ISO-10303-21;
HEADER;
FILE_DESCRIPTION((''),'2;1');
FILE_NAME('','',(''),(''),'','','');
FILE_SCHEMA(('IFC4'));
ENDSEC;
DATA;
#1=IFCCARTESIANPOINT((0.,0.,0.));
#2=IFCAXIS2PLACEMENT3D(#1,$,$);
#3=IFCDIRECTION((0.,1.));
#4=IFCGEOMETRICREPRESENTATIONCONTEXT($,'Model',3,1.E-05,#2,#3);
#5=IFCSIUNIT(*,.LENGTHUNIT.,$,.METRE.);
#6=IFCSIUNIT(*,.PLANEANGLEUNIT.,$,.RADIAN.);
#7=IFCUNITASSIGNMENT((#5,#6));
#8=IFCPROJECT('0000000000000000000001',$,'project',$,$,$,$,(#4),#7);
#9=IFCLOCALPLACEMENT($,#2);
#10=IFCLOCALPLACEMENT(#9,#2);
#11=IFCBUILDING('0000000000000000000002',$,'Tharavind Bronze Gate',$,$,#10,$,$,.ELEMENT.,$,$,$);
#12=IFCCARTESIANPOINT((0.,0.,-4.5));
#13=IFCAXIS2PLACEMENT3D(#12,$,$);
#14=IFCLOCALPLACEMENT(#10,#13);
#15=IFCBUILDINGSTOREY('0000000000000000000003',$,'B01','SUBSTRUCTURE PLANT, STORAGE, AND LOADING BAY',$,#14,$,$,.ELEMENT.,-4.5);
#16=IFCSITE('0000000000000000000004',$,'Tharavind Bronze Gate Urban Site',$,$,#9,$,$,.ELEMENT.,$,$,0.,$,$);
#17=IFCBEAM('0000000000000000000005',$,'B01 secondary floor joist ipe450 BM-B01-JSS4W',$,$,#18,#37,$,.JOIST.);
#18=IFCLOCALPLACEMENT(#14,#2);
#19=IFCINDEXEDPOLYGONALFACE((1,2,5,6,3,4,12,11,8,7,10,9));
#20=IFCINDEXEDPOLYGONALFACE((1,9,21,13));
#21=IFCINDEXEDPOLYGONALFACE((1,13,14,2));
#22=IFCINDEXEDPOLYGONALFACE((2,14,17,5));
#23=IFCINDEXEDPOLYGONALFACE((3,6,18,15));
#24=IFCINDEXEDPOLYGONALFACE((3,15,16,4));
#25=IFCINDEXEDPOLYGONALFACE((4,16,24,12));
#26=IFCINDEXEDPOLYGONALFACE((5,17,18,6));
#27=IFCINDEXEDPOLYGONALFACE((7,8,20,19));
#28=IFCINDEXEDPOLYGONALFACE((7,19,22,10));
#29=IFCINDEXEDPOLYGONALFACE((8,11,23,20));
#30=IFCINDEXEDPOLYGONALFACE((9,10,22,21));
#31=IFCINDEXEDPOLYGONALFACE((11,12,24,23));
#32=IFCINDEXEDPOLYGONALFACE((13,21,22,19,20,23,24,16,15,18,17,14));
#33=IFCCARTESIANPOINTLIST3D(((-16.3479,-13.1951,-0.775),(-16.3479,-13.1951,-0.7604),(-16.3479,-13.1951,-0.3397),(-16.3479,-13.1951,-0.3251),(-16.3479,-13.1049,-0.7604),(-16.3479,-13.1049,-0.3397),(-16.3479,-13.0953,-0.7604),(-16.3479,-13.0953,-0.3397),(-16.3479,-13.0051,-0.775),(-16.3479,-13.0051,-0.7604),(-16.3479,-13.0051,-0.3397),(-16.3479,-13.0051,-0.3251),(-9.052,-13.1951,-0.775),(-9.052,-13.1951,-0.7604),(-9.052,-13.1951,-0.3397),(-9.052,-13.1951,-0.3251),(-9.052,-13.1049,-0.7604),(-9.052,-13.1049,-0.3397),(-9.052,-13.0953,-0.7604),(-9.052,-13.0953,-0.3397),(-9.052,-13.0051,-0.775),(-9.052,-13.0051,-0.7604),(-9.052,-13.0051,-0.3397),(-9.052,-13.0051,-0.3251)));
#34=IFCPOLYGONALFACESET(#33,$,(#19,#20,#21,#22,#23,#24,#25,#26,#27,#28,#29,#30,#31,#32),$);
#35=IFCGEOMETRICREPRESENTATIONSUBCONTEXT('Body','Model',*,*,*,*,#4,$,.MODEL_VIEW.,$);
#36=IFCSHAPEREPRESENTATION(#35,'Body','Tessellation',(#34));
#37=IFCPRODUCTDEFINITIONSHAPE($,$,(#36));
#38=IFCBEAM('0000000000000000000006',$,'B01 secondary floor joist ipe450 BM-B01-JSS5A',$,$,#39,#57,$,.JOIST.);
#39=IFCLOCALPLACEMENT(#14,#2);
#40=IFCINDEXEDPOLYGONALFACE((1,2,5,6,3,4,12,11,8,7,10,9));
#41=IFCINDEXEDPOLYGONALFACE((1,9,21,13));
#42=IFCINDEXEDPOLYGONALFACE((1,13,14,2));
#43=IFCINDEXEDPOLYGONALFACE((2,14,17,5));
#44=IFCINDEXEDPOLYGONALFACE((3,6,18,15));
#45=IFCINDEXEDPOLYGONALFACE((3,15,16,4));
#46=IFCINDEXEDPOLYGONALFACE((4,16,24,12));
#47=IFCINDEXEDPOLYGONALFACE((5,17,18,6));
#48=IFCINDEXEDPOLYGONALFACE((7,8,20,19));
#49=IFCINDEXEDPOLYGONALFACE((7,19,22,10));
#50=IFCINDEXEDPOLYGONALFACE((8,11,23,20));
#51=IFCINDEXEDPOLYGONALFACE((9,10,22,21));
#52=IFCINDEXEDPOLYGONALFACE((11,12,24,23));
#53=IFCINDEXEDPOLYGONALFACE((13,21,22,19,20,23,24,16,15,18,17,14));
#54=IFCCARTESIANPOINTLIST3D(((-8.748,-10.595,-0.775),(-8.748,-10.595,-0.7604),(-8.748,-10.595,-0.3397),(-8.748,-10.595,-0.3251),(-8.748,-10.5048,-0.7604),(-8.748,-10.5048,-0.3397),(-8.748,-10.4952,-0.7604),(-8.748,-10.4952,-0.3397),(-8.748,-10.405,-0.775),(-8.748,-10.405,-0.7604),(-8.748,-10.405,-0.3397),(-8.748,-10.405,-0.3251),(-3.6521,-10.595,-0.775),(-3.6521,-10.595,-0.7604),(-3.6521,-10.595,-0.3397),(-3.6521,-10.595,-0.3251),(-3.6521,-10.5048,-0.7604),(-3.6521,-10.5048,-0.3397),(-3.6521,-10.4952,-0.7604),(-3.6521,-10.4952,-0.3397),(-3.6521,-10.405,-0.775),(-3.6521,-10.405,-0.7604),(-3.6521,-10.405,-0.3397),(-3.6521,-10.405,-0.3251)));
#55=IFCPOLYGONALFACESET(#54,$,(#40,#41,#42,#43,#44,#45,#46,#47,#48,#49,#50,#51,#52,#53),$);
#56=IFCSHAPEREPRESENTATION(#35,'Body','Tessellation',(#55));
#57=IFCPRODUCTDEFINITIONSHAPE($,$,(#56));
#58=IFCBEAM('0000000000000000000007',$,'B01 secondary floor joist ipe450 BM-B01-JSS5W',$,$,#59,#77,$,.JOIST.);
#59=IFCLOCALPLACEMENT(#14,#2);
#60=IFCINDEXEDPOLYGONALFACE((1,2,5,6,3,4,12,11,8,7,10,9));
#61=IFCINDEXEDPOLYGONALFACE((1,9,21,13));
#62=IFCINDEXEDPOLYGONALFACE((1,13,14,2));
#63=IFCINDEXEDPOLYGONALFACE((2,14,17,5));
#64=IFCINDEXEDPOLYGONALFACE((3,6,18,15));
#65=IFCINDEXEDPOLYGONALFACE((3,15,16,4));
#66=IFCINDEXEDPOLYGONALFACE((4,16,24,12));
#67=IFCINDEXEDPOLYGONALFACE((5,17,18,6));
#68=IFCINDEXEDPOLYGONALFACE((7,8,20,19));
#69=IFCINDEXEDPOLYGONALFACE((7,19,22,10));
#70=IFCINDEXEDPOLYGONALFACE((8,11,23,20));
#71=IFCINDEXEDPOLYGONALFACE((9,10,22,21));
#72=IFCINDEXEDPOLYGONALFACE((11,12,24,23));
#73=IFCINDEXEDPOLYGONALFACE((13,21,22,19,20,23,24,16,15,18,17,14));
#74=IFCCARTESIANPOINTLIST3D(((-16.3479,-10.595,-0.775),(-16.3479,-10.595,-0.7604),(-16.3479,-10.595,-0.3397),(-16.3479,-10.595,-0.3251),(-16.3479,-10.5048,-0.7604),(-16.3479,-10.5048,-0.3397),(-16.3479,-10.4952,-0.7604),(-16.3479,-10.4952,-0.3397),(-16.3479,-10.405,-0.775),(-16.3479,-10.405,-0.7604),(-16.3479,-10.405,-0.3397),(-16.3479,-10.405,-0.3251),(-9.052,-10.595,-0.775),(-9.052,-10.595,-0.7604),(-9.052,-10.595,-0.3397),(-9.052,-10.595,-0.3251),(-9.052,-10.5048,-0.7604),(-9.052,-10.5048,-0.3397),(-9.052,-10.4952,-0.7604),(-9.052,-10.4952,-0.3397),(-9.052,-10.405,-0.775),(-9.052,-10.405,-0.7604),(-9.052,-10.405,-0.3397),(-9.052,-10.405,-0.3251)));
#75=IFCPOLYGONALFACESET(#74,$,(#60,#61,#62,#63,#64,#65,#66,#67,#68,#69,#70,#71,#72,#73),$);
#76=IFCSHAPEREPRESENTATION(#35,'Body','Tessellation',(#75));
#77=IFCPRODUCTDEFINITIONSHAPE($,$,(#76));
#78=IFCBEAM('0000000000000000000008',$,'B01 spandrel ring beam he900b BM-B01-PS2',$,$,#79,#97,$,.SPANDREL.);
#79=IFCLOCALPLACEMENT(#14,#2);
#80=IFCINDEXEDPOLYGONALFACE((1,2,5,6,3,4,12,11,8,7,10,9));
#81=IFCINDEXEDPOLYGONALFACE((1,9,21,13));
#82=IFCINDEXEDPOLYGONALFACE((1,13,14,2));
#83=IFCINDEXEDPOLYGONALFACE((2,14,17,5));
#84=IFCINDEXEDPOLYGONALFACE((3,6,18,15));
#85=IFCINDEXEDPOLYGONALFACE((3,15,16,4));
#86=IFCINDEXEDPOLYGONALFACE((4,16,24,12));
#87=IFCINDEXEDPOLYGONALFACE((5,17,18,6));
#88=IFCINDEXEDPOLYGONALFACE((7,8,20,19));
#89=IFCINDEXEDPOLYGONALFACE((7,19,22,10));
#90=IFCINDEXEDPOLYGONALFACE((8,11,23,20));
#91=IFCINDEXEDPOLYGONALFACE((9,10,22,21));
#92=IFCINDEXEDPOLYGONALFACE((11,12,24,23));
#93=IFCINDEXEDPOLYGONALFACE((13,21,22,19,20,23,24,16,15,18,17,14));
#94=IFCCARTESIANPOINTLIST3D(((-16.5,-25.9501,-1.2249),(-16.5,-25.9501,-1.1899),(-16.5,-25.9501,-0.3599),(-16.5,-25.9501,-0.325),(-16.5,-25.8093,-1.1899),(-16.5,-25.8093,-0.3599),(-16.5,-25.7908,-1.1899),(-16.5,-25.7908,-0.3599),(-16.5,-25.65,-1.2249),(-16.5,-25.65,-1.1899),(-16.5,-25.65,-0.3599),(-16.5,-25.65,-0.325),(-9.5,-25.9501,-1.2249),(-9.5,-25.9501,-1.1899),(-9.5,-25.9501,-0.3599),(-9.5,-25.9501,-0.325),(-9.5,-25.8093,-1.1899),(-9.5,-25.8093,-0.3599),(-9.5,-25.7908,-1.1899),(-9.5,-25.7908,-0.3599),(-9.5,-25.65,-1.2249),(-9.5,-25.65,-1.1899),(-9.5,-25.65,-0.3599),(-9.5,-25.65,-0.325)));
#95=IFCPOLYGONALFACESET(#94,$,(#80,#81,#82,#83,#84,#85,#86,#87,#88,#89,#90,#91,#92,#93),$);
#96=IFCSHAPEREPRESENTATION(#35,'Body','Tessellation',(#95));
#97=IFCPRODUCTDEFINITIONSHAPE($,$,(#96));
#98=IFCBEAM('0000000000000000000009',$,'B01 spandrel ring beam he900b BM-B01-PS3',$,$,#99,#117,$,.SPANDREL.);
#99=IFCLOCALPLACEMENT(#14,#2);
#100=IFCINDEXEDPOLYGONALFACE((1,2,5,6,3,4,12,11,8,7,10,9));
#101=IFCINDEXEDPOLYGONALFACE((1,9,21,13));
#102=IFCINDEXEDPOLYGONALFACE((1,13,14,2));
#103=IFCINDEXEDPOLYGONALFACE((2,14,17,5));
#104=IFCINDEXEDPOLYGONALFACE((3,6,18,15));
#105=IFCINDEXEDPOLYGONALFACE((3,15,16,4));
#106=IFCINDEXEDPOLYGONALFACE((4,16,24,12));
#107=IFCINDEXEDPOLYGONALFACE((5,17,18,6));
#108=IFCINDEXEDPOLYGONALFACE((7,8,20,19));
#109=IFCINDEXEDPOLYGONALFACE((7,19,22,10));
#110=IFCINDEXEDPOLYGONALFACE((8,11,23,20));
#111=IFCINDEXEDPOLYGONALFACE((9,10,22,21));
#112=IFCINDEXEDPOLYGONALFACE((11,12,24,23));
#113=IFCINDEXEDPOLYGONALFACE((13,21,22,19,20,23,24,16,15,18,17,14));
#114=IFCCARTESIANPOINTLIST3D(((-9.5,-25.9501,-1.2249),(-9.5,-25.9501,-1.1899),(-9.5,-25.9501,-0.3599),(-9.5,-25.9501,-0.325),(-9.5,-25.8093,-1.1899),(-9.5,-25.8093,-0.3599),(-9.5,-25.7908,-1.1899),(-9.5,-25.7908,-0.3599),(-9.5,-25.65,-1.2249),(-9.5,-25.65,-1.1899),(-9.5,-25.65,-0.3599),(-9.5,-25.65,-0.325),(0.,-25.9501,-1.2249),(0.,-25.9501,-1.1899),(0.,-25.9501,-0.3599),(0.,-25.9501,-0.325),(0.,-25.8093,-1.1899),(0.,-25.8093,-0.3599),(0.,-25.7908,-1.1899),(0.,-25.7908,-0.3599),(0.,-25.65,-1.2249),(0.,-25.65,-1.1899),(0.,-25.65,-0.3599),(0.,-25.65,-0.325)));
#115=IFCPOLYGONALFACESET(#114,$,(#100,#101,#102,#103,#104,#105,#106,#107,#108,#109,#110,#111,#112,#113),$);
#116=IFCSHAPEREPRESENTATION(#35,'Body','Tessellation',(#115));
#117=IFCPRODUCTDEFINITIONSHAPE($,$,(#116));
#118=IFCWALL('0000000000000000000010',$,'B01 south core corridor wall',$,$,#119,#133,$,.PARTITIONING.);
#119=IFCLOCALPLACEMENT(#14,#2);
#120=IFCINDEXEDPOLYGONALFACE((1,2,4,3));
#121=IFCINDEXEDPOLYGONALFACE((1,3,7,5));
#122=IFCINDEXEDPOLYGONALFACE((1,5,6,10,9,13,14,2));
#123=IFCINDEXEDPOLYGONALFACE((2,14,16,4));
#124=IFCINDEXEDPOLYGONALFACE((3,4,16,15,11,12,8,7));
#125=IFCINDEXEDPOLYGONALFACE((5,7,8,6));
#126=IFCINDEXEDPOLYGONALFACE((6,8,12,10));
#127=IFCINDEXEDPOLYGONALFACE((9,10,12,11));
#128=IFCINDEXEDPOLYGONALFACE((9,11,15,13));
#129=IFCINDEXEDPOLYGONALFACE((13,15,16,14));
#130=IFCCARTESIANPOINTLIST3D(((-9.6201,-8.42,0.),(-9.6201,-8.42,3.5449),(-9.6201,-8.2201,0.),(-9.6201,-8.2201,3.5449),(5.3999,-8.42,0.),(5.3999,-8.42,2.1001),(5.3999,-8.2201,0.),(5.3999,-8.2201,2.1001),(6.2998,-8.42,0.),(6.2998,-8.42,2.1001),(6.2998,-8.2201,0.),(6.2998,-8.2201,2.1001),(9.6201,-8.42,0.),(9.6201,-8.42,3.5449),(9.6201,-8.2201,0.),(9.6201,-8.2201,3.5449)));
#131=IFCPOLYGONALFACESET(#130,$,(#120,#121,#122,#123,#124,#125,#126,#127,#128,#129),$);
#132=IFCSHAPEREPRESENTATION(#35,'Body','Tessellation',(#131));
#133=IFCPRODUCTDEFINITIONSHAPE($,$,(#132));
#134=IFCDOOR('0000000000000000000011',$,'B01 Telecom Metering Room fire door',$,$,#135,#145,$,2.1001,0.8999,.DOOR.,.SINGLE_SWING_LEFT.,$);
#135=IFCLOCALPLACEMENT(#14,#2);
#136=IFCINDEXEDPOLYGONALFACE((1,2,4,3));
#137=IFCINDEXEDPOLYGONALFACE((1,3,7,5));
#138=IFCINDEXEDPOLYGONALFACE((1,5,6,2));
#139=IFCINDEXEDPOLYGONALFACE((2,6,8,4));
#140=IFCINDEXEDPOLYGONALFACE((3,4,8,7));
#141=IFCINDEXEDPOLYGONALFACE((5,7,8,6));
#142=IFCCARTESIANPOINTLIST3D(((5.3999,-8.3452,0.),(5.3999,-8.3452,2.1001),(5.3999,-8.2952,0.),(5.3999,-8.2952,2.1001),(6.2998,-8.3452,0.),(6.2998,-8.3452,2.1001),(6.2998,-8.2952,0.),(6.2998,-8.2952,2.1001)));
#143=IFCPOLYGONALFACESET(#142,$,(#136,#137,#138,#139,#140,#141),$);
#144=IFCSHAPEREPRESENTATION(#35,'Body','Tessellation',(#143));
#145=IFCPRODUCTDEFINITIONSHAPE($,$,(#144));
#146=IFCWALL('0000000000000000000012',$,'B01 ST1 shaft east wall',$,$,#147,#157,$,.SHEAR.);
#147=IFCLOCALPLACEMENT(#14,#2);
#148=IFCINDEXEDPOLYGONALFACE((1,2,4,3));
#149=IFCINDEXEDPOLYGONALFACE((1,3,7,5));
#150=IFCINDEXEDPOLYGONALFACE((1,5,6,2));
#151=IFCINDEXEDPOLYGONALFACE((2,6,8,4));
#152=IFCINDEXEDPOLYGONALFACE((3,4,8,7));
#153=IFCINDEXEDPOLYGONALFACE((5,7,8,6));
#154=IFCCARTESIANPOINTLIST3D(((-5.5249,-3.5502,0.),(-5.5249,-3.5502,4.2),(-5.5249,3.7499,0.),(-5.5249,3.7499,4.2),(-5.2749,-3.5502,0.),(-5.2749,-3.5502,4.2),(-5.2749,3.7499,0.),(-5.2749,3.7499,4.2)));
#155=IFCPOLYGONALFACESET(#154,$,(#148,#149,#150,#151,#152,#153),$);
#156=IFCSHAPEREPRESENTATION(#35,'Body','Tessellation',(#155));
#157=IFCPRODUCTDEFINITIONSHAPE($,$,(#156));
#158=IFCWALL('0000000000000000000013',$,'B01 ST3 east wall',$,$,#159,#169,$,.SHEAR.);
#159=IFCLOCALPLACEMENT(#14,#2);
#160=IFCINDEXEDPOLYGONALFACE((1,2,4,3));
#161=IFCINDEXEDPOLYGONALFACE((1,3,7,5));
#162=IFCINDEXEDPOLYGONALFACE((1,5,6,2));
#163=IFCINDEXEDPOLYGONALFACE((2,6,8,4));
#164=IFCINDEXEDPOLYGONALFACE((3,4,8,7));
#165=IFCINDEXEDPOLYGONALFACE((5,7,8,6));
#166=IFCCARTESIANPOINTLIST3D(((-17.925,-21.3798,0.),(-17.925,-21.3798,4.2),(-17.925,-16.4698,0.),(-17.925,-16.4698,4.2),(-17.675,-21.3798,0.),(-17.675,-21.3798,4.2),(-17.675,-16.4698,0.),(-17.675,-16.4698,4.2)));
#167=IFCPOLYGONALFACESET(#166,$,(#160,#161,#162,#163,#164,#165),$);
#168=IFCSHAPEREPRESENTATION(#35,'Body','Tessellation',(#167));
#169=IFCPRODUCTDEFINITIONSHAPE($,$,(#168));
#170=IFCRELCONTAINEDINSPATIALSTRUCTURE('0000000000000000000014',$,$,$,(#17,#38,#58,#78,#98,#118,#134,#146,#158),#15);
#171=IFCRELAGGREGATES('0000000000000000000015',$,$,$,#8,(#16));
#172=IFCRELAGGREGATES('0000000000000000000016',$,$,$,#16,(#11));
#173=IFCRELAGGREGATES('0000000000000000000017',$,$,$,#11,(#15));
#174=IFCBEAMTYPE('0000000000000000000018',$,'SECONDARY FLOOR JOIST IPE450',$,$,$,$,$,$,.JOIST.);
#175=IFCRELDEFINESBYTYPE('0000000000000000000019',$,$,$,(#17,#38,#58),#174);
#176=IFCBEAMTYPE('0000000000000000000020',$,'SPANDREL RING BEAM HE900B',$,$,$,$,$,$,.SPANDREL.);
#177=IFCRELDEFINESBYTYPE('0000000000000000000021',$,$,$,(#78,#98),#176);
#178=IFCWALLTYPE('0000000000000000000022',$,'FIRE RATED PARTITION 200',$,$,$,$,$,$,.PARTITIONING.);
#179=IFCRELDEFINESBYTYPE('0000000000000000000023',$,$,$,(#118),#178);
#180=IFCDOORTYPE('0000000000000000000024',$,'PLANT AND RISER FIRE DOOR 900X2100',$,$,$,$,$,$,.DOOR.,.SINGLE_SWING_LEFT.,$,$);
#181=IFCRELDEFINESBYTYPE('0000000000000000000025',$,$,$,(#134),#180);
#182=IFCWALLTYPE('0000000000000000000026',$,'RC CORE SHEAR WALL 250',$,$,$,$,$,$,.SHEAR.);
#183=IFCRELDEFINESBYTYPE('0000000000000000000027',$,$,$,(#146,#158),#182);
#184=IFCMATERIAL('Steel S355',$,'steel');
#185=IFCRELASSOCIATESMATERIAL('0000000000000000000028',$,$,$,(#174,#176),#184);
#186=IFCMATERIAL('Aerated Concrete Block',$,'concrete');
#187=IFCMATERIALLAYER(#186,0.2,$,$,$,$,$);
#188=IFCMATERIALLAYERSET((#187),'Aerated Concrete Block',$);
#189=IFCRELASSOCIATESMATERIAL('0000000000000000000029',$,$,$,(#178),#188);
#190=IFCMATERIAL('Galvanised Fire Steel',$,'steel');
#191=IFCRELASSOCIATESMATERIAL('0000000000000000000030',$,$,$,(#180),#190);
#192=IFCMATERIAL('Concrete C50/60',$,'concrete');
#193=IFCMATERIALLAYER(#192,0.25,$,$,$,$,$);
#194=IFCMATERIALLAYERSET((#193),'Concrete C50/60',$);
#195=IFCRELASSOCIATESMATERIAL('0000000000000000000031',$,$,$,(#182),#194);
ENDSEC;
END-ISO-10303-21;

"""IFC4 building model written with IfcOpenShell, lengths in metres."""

from ifc_helpers import new_model, si_unit, direction, frame, frame_2d, origin, origin_2d, place, context, subcontext, project, spatial, rectangle, i_section, extrude, material, layer, layer_set, material_profile, profile_set, type_object, element, fill, save


model = new_model("IFC4")

# Units and contexts
model_context = context("Model", 3, precision=1e-05, world=origin(), true_north=direction((0.0, 1.0)))
body_context = subcontext(model_context, "Body", "Model", "MODEL_VIEW")
ifc_project = project(units=[si_unit("LENGTHUNIT", "METRE"), si_unit("PLANEANGLEUNIT", "RADIAN")], contexts=[model_context])

# Site, building, storey
site_placement = place(None, origin())
site = spatial("IfcSite", under=ifc_project, at=site_placement, Name="Tharavind Bronze Gate Urban Site", CompositionType="ELEMENT", RefElevation=0.0)
building_placement = place(site_placement, origin())
building = spatial("IfcBuilding", under=site, at=building_placement, Name="Tharavind Bronze Gate", CompositionType="ELEMENT")
storey_placement = place(building_placement, frame((0.0, 0.0, -4.5)))
storey = spatial("IfcBuildingStorey", under=building, at=storey_placement, Name="B01", Description="SUBSTRUCTURE PLANT, STORAGE, AND LOADING BAY", CompositionType="ELEMENT", Elevation=-4.5)

# Beams
ifc_material_1 = material(Name="Concrete C50/60", Category="concrete")
ifc_material_2 = material(Name="Steel S355", Category="steel")
ifc_material_profile_1 = material_profile(ifc_material_2, i_section(OverallWidth=0.1899, OverallDepth=0.45, WebThickness=0.0095, FlangeThickness=0.0146, at=origin_2d()), Name="IPE450")
ifc_profile_set_1 = profile_set([ifc_material_profile_1], Name="Steel S355")
beam_type_1 = type_object("IfcBeamType", Name="SECONDARY FLOOR JOIST IPE450", PredefinedType="JOIST", material=ifc_profile_set_1)
beam_1_placement = place(storey_placement, frame((-16.3479, -13.1001, -0.55), z_axis=(1.0, 0.0, 0.0), x_axis=(0.0, 1.0, 0.0)))
element("IfcBeam", 1, at=beam_1_placement, inside=storey, type_object=beam_type_1, Name="B01 secondary floor joist ipe450 BM-B01-JSS4W", PredefinedType="JOIST", context=body_context, shape_type="SweptSolid", body=[
    extrude(i_section(OverallWidth=0.1899, OverallDepth=0.45, WebThickness=0.0095, FlangeThickness=0.0146, at=origin_2d()), origin(), (0.0, 0.0, 1.0), 7.2959),
])
beam_2_placement = place(storey_placement, frame((-8.748, -10.5, -0.55), z_axis=(1.0, 0.0, 0.0), x_axis=(0.0, 1.0, 0.0)))
element("IfcBeam", 2, at=beam_2_placement, inside=storey, type_object=beam_type_1, Name="B01 secondary floor joist ipe450 BM-B01-JSS5A", PredefinedType="JOIST", context=body_context, shape_type="SweptSolid", body=[
    extrude(i_section(OverallWidth=0.1899, OverallDepth=0.45, WebThickness=0.0095, FlangeThickness=0.0146, at=origin_2d()), origin(), (0.0, 0.0, 1.0), 5.0959),
])
beam_3_placement = place(storey_placement, frame((-16.3479, -10.5, -0.55), z_axis=(1.0, 0.0, 0.0), x_axis=(0.0, 1.0, 0.0)))
element("IfcBeam", 3, at=beam_3_placement, inside=storey, type_object=beam_type_1, Name="B01 secondary floor joist ipe450 BM-B01-JSS5W", PredefinedType="JOIST", context=body_context, shape_type="SweptSolid", body=[
    extrude(i_section(OverallWidth=0.1899, OverallDepth=0.45, WebThickness=0.0095, FlangeThickness=0.0146, at=origin_2d()), origin(), (0.0, 0.0, 1.0), 7.2959),
])
ifc_material_profile_2 = material_profile(ifc_material_2, i_section(OverallWidth=0.3, OverallDepth=0.8999, WebThickness=0.0186, FlangeThickness=0.0349, at=origin_2d()), Name="HE900B")
ifc_profile_set_2 = profile_set([ifc_material_profile_2], Name="Steel S355")
beam_type_2 = type_object("IfcBeamType", Name="SPANDREL RING BEAM HE900B", PredefinedType="SPANDREL", material=ifc_profile_set_2)
beam_4_placement = place(storey_placement, frame((-16.5, -25.8, -0.7749), z_axis=(1.0, 0.0, 0.0), x_axis=(0.0, 1.0, 0.0)))
element("IfcBeam", 4, at=beam_4_placement, inside=storey, type_object=beam_type_2, Name="B01 spandrel ring beam he900b BM-B01-PS2", PredefinedType="SPANDREL", context=body_context, shape_type="SweptSolid", body=[
    extrude(i_section(OverallWidth=0.3, OverallDepth=0.8999, WebThickness=0.0186, FlangeThickness=0.0349, at=origin_2d()), origin(), (0.0, 0.0, 1.0), 7.0),
])
beam_5_placement = place(storey_placement, frame((-9.5, -25.8, -0.7749), z_axis=(1.0, 0.0, 0.0), x_axis=(0.0, 1.0, 0.0)))
element("IfcBeam", 5, at=beam_5_placement, inside=storey, type_object=beam_type_2, Name="B01 spandrel ring beam he900b BM-B01-PS3", PredefinedType="SPANDREL", context=body_context, shape_type="SweptSolid", body=[
    extrude(i_section(OverallWidth=0.3, OverallDepth=0.8999, WebThickness=0.0186, FlangeThickness=0.0349, at=origin_2d()), origin(), (0.0, 0.0, 1.0), 9.5),
])

# Wall, opening, door
ifc_material_3 = material(Name="Aerated Concrete Block", Category="concrete")
ifc_layer_1 = layer(ifc_material_3, 0.2)
ifc_layer_set_1 = layer_set([ifc_layer_1], Name="Aerated Concrete Block")
wall_type_1 = type_object("IfcWallType", Name="FIRE RATED PARTITION 200", PredefinedType="PARTITIONING", material=ifc_layer_set_1)
wall_1_placement = place(storey_placement, frame((-9.6201, -8.3201, 0.0), z_axis=(0.0, 0.0, 1.0), x_axis=(1.0, 0.0, 0.0)))
wall_1 = element("IfcWall", 6, at=wall_1_placement, inside=storey, type_object=wall_type_1, Name="B01 south core corridor wall", PredefinedType="PARTITIONING", context=body_context, shape_type="SweptSolid", body=[
    extrude(rectangle(XDim=19.2402, YDim=0.2, at=frame_2d((9.6201, 0.0))), origin(), (0.0, 0.0, 1.0), 3.5449),
])
opening_1_placement = place(wall_1_placement, frame((15.02, 0.0, 0.0)))
opening_1 = element("IfcOpeningElement", 7, at=opening_1_placement, cuts=wall_1, PredefinedType="OPENING", context=body_context, shape_type="SweptSolid", body=[
    extrude(rectangle(XDim=0.8999, YDim=2.1001, at=frame_2d((0.45, 1.05))), frame((0.0, 0.1101, 0.0), z_axis=(0.0, -1.0, 0.0), x_axis=(1.0, 0.0, 0.0)), (0.0, 0.0, 1.0), 0.22),
])
ifc_material_4 = material(Name="Galvanised Fire Steel", Category="steel")
door_type_1 = type_object("IfcDoorType", Name="PLANT AND RISER FIRE DOOR 900X2100", OperationType="SINGLE_SWING_LEFT", PredefinedType="DOOR", material=ifc_material_4)
door_1_placement = place(opening_1_placement, origin())
door_1 = element("IfcDoor", 8, at=door_1_placement, inside=storey, type_object=door_type_1, Name="B01 Telecom Metering Room fire door", OperationType="SINGLE_SWING_LEFT", OverallHeight=2.1001, OverallWidth=0.8999, PredefinedType="DOOR", context=body_context, shape_type="SweptSolid", body=[
    extrude(rectangle(XDim=0.8999, YDim=2.1001, at=frame_2d((0.45, 1.05))), frame((0.0, 0.0249, 0.0), z_axis=(0.0, -1.0, 0.0), x_axis=(1.0, 0.0, 0.0)), (0.0, 0.0, 1.0), 0.05),
])
fill(opening_1, door_1)

# Wall
ifc_layer_2 = layer(ifc_material_1, 0.25)
ifc_layer_set_2 = layer_set([ifc_layer_2], Name="Concrete C50/60")
wall_type_2 = type_object("IfcWallType", Name="RC CORE SHEAR WALL 250", PredefinedType="SHEAR", material=ifc_layer_set_2)
wall_2_placement = place(storey_placement, frame((-5.3999, -3.55, 0.0), z_axis=(0.0, 0.0, 1.0), x_axis=(0.0, 1.0, 0.0)))
element("IfcWall", 9, at=wall_2_placement, inside=storey, type_object=wall_type_2, Name="B01 ST1 shaft east wall", PredefinedType="SHEAR", context=body_context, shape_type="SweptSolid", body=[
    extrude(rectangle(XDim=7.3, YDim=0.25, at=frame_2d((3.6499, 0.0))), origin(), (0.0, 0.0, 1.0), 4.2),
])

# Wall
wall_3_placement = place(storey_placement, frame((-17.8, -21.3799, 0.0), z_axis=(0.0, 0.0, 1.0), x_axis=(0.0, 1.0, 0.0)))
element("IfcWall", 10, at=wall_3_placement, inside=storey, type_object=wall_type_2, Name="B01 ST3 east wall", PredefinedType="SHEAR", context=body_context, shape_type="SweptSolid", body=[
    extrude(rectangle(XDim=4.9099, YDim=0.25, at=frame_2d((2.4551, 0.0))), origin(), (0.0, 0.0, 1.0), 4.2),
])

save(model, "model.ifc")
